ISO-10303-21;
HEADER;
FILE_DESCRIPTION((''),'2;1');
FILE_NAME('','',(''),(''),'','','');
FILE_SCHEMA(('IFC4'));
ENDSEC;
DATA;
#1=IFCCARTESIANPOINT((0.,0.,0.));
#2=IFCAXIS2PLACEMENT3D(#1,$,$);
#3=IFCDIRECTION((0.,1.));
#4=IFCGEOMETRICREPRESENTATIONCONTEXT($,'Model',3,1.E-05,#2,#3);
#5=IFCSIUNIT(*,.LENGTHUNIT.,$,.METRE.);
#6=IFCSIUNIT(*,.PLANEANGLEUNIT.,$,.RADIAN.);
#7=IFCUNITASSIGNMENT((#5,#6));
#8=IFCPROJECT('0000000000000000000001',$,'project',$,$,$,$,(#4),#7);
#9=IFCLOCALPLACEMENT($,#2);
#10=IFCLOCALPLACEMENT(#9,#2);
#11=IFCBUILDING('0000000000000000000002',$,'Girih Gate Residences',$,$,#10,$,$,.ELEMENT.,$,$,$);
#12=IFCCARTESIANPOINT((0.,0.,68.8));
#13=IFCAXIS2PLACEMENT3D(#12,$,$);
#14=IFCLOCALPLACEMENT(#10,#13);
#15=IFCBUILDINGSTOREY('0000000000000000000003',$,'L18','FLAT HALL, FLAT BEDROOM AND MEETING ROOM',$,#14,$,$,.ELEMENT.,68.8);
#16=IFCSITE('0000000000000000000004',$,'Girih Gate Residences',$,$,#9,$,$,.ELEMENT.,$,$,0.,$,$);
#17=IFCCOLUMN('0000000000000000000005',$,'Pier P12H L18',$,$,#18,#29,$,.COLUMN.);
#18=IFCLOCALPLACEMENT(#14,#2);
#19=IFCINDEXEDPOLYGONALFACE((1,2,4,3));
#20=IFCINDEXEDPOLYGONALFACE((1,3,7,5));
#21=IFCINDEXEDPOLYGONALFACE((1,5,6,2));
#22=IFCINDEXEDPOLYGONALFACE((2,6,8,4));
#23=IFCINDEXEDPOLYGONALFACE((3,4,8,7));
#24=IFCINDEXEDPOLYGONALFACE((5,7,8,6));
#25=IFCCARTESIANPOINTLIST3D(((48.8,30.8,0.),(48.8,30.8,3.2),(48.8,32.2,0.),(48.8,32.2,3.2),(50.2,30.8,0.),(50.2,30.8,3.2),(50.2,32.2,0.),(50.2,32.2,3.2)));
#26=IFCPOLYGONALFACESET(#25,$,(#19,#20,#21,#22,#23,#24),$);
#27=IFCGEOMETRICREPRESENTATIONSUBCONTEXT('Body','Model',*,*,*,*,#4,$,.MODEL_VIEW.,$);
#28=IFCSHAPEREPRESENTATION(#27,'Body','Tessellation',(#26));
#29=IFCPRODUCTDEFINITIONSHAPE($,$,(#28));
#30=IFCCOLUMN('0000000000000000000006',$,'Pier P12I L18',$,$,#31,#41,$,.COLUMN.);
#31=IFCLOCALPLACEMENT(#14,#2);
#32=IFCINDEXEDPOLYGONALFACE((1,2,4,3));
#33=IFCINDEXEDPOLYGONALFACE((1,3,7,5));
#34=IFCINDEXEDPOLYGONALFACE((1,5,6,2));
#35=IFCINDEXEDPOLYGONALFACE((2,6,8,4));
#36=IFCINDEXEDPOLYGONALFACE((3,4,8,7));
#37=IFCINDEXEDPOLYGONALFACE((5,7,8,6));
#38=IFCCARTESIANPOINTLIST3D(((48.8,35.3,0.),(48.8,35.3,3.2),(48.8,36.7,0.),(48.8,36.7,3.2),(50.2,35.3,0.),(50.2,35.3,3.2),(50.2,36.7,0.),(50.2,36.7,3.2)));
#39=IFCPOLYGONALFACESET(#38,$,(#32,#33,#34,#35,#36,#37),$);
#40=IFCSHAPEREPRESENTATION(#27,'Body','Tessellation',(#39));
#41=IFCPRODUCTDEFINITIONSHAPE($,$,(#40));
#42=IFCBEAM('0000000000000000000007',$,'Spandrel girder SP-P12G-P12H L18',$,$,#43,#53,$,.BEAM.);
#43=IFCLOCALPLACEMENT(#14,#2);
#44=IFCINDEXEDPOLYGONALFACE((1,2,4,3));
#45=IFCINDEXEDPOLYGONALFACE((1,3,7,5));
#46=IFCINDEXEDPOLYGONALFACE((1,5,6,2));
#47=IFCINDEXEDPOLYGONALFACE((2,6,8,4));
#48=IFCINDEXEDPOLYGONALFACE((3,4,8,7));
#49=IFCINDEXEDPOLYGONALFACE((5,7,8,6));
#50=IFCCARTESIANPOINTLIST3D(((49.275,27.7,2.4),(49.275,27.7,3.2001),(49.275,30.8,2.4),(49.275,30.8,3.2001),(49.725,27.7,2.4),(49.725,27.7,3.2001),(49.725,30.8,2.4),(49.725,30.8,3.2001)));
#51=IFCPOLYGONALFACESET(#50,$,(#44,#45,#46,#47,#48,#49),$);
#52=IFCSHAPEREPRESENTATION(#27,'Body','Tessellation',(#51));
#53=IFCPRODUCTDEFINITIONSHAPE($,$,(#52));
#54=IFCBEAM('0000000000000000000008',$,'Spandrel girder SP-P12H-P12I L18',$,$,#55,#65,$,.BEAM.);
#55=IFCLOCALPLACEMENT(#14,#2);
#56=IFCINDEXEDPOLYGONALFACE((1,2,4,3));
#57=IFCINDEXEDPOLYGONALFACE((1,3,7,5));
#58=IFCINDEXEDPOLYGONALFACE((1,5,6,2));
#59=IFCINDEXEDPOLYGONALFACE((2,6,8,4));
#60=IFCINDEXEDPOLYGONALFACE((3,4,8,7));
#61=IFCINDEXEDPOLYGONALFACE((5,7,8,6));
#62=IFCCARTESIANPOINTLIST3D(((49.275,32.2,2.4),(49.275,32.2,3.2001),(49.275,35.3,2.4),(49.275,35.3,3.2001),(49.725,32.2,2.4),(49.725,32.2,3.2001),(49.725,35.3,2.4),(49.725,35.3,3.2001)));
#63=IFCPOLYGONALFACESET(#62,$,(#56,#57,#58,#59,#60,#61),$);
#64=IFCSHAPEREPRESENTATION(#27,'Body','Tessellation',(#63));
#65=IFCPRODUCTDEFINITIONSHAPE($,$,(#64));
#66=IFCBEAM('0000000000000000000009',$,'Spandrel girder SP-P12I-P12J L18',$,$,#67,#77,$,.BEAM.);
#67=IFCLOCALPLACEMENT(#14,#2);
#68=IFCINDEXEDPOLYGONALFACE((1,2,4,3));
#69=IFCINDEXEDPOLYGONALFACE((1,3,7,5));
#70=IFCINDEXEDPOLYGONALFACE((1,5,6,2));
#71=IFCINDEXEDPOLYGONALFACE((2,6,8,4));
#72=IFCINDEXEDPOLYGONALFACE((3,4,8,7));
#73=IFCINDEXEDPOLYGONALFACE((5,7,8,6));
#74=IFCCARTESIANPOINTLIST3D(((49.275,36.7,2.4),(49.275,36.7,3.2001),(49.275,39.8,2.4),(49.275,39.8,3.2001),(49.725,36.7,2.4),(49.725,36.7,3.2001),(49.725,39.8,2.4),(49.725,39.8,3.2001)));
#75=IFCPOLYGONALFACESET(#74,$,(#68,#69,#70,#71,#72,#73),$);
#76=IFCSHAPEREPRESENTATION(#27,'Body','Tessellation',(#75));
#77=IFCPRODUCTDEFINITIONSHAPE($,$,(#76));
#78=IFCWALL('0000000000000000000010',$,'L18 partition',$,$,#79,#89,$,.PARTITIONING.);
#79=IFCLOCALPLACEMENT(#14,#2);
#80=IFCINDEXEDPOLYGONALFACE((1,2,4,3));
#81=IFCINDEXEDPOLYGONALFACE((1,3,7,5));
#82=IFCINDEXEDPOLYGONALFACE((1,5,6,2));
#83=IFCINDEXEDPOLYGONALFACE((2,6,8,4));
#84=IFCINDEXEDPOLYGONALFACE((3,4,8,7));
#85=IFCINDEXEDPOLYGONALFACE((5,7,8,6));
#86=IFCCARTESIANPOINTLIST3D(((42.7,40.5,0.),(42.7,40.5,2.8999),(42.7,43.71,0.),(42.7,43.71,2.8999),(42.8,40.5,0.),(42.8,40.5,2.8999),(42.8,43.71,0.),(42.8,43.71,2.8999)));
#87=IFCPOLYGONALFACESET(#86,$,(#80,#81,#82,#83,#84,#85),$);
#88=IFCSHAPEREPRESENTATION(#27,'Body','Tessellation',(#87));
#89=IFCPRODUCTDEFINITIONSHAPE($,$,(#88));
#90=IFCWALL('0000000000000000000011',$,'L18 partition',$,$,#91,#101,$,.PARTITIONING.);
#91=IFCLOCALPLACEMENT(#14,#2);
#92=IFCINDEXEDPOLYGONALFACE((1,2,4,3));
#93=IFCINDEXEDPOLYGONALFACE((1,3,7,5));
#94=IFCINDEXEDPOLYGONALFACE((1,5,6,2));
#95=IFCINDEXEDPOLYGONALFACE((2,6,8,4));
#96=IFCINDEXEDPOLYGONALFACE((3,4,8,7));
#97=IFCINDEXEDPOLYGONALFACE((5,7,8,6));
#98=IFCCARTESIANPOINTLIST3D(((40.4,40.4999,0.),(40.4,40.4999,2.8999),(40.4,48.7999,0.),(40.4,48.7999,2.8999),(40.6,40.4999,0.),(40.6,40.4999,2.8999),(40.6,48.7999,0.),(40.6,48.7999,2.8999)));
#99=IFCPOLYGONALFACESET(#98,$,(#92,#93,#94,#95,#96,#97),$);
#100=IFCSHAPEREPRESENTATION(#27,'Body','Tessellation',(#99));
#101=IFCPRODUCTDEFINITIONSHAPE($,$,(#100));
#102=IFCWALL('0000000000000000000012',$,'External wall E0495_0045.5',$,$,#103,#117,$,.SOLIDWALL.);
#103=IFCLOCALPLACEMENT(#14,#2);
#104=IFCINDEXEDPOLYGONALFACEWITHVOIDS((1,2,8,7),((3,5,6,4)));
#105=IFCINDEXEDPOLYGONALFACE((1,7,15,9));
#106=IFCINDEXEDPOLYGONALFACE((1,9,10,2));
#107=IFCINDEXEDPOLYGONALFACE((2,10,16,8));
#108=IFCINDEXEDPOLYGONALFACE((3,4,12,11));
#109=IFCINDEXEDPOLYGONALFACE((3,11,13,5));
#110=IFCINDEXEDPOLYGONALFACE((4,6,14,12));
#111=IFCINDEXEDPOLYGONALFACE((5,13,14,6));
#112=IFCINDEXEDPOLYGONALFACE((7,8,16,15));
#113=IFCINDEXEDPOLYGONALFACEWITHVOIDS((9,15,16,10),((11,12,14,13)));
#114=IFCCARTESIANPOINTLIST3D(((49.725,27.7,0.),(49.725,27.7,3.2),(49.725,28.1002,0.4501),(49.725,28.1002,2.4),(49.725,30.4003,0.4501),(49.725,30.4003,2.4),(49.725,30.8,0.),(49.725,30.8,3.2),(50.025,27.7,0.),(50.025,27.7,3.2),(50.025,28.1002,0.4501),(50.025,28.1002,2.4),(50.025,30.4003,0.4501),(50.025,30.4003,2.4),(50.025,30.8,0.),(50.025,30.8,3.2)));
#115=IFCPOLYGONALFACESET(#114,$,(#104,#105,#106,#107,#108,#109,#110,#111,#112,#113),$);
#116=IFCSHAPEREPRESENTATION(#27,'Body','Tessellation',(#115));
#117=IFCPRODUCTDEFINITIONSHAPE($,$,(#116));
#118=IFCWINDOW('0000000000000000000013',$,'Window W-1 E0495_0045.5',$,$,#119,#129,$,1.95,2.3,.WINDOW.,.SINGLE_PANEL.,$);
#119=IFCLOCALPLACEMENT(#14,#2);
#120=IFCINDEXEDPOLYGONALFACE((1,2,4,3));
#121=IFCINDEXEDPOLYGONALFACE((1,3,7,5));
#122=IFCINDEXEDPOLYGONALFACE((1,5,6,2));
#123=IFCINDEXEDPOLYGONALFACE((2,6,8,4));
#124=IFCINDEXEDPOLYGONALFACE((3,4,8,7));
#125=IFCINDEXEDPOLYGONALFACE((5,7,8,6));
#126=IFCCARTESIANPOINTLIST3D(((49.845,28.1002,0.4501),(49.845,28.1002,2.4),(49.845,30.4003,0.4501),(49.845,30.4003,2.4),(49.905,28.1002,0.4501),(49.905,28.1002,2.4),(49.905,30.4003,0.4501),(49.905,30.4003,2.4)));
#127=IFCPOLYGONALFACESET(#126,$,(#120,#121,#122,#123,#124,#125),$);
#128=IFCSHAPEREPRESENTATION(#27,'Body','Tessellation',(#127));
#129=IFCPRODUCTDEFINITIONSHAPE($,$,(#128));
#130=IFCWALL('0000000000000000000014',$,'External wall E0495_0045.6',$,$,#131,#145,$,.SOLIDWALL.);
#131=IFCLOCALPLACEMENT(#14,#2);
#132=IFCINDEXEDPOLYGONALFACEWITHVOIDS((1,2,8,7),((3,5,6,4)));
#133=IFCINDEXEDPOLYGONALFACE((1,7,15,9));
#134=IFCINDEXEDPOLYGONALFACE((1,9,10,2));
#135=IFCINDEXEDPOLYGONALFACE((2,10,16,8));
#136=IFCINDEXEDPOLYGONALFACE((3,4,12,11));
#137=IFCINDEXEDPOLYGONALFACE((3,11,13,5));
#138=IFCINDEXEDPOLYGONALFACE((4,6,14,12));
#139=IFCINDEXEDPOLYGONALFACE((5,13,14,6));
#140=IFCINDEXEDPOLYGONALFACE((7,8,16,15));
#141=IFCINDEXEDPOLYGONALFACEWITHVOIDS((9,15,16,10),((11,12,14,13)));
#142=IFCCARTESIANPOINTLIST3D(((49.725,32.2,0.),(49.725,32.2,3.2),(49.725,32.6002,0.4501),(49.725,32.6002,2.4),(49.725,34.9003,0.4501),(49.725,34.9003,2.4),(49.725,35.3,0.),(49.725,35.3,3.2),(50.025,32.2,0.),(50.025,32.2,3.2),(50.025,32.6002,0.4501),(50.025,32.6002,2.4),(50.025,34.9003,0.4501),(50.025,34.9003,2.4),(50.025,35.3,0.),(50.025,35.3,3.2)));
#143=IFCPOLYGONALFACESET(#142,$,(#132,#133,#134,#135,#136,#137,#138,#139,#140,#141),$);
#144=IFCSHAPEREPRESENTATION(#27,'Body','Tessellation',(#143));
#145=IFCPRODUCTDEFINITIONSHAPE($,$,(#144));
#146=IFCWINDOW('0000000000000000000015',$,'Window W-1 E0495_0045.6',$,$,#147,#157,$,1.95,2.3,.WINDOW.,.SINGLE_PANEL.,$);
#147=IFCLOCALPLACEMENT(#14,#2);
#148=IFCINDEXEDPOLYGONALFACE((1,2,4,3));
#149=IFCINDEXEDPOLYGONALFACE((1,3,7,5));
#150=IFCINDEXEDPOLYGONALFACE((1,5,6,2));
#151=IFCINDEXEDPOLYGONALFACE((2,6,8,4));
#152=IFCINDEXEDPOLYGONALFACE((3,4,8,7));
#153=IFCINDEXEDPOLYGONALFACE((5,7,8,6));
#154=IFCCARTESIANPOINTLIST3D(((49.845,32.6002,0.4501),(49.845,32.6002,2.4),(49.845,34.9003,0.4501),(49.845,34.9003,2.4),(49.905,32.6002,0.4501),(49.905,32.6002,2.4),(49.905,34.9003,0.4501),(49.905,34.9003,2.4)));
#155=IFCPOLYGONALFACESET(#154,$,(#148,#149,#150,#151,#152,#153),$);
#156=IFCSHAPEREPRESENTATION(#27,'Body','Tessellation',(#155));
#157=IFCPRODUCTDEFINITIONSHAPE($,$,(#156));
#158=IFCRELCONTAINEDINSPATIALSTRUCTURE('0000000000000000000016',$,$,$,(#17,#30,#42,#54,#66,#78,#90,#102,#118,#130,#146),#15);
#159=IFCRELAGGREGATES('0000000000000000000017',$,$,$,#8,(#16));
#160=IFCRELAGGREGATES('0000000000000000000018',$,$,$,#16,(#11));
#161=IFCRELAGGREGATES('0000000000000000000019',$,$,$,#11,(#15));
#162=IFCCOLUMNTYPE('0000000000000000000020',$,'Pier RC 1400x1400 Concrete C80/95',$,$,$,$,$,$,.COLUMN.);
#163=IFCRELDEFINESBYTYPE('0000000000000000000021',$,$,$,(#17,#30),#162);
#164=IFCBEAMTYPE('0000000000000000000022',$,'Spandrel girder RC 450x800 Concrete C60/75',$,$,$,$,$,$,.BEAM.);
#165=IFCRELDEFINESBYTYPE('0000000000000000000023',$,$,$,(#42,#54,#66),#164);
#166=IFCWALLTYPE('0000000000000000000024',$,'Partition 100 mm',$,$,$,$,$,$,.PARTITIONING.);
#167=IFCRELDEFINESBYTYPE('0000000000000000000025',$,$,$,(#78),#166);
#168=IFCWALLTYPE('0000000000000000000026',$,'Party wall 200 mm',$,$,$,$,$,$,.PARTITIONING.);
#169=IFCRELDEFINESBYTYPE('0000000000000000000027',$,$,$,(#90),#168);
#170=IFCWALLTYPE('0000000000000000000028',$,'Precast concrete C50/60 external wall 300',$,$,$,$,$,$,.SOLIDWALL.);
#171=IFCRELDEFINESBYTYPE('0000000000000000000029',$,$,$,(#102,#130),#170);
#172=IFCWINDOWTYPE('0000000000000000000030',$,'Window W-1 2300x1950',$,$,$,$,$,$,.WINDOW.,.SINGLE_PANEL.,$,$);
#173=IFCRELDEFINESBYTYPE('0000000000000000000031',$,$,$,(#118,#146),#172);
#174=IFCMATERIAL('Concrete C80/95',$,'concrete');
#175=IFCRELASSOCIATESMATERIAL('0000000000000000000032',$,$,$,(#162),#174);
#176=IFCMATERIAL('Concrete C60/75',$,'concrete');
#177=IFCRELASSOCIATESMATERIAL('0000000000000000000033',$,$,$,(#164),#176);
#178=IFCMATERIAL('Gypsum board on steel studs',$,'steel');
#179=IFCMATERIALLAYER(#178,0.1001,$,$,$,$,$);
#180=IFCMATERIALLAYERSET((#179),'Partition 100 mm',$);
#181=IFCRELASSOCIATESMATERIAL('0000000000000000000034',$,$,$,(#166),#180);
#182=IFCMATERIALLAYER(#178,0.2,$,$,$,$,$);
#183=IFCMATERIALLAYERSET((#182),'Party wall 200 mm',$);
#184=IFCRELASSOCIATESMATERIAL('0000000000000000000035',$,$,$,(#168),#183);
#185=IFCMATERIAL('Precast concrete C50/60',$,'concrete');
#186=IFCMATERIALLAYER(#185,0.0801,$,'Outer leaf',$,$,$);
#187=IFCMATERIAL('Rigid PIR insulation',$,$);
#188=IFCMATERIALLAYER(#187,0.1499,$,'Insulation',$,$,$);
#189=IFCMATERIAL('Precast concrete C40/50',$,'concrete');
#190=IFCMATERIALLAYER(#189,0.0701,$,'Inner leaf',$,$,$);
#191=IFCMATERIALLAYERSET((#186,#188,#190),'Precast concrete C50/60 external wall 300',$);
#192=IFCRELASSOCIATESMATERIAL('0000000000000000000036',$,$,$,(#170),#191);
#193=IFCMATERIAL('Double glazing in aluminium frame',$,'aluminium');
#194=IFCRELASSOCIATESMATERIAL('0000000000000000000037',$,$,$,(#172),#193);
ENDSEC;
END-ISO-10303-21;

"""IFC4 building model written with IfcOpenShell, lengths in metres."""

from ifc_helpers import new_model, si_unit, direction, frame, frame_2d, origin, origin_2d, place, context, subcontext, project, spatial, rectangle, extrude, material, layer, layer_set, material_profile, profile_set, type_object, element, fill, save


model = new_model("IFC4")

# Units and contexts
model_context = context("Model", 3, precision=1e-05, world=origin(), true_north=direction((0.0, 1.0)))
body_context = subcontext(model_context, "Body", "Model", "MODEL_VIEW")
ifc_project = project(units=[si_unit("LENGTHUNIT", "METRE"), si_unit("PLANEANGLEUNIT", "RADIAN")], contexts=[model_context])

# Site, building, storey
site_placement = place(None, origin())
site = spatial("IfcSite", under=ifc_project, at=site_placement, Name="Girih Gate Residences", CompositionType="ELEMENT", RefElevation=0.0)
building_placement = place(site_placement, origin())
building = spatial("IfcBuilding", under=site, at=building_placement, Name="Girih Gate Residences", CompositionType="ELEMENT")
storey_placement = place(building_placement, frame((0.0, 0.0, 68.8)))
storey = spatial("IfcBuildingStorey", under=building, at=storey_placement, Name="L18", Description="FLAT HALL, FLAT BEDROOM AND MEETING ROOM", CompositionType="ELEMENT", Elevation=68.8)

# Columns
ifc_material_1 = material(Name="Concrete C80/95", Category="concrete")
ifc_material_profile_1 = material_profile(ifc_material_1, rectangle(XDim=1.3999, YDim=1.3999, at=origin_2d()))
ifc_profile_set_1 = profile_set([ifc_material_profile_1], Name="Concrete C80/95")
column_type = type_object("IfcColumnType", Name="Pier RC 1400x1400 Concrete C80/95", PredefinedType="COLUMN", material=ifc_profile_set_1)
for number, where, z_axis, x_axis, name in (
    (1, (49.5, 31.5, 0.0), (0.0, 0.0, 1.0), (1.0, 0.0, 0.0), "Pier P12H L18"),
    (2, (49.5, 36.0, 0.0), (0.0, 0.0, 1.0), (1.0, 0.0, 0.0), "Pier P12I L18"),
):
    element("IfcColumn", number, at=place(storey_placement, frame(where, z_axis=z_axis, x_axis=x_axis)), inside=storey, type_object=column_type, Name=name, PredefinedType="COLUMN", context=body_context, shape_type="SweptSolid", body=[
        extrude(rectangle(XDim=1.3999, YDim=1.3999, at=origin_2d()), origin(), (0.0, 0.0, 1.0), 3.2),
    ])

# Beams
ifc_material_2 = material(Name="Concrete C60/75", Category="concrete")
ifc_material_profile_2 = material_profile(ifc_material_2, rectangle(XDim=0.45, YDim=0.8, at=origin_2d()))
ifc_profile_set_2 = profile_set([ifc_material_profile_2], Name="Concrete C60/75")
beam_type = type_object("IfcBeamType", Name="Spandrel girder RC 450x800 Concrete C60/75", PredefinedType="BEAM", material=ifc_profile_set_2)
for number, where, z_axis, x_axis, name in (
    (3, (49.5, 27.7, 2.8), (0.0, 1.0, 0.0), (-1.0, 0.0, 0.0), "Spandrel girder SP-P12G-P12H L18"),
    (4, (49.5, 32.2, 2.8), (0.0, 1.0, 0.0), (-1.0, 0.0, 0.0), "Spandrel girder SP-P12H-P12I L18"),
    (5, (49.5, 36.7, 2.8), (0.0, 1.0, 0.0), (-1.0, 0.0, 0.0), "Spandrel girder SP-P12I-P12J L18"),
):
    element("IfcBeam", number, at=place(storey_placement, frame(where, z_axis=z_axis, x_axis=x_axis)), inside=storey, type_object=beam_type, Name=name, PredefinedType="BEAM", context=body_context, shape_type="SweptSolid", body=[
        extrude(rectangle(XDim=0.45, YDim=0.8, at=origin_2d()), origin(), (0.0, 0.0, 1.0), 3.1001),
    ])

# Walls
ifc_material_3 = material(Name="Gypsum board on steel studs", Category="steel")
ifc_layer_1 = layer(ifc_material_3, 0.1001)
ifc_layer_set_1 = layer_set([ifc_layer_1], Name="Partition 100 mm")
wall_type_1 = type_object("IfcWallType", Name="Partition 100 mm", PredefinedType="PARTITIONING", material=ifc_layer_set_1)
wall_1_placement = place(storey_placement, frame((42.75, 40.5, 0.0), z_axis=(0.0, 0.0, 1.0), x_axis=(0.0, 1.0, 0.0)))
element("IfcWall", 6, at=wall_1_placement, inside=storey, type_object=wall_type_1, Name="L18 partition", PredefinedType="PARTITIONING", context=body_context, shape_type="SweptSolid", body=[
    extrude(rectangle(XDim=3.21, YDim=0.1001, at=frame_2d((1.605, 0.0))), origin(), (0.0, 0.0, 1.0), 2.8999),
])
ifc_layer_2 = layer(ifc_material_3, 0.2)
ifc_layer_set_2 = layer_set([ifc_layer_2], Name="Party wall 200 mm")
wall_type_2 = type_object("IfcWallType", Name="Party wall 200 mm", PredefinedType="PARTITIONING", material=ifc_layer_set_2)
wall_2_placement = place(storey_placement, frame((40.5, 40.5, 0.0), z_axis=(0.0, 0.0, 1.0), x_axis=(0.0, 1.0, 0.0)))
element("IfcWall", 7, at=wall_2_placement, inside=storey, type_object=wall_type_2, Name="L18 partition", PredefinedType="PARTITIONING", context=body_context, shape_type="SweptSolid", body=[
    extrude(rectangle(XDim=8.3, YDim=0.2, at=frame_2d((4.1499, 0.0))), origin(), (0.0, 0.0, 1.0), 2.8999),
])

# Walls, openings, windows
ifc_material_4 = material(Name="Precast concrete C50/60", Category="concrete")
ifc_layer_3 = layer(ifc_material_4, 0.0801, Name="Outer leaf")
ifc_material_5 = material(Name="Rigid PIR insulation")
ifc_layer_4 = layer(ifc_material_5, 0.1499, Name="Insulation")
ifc_material_6 = material(Name="Precast concrete C40/50", Category="concrete")
ifc_layer_5 = layer(ifc_material_6, 0.0701, Name="Inner leaf")
ifc_layer_set_3 = layer_set([ifc_layer_3, ifc_layer_4, ifc_layer_5], Name="Precast concrete C50/60 external wall 300")
wall_type_3 = type_object("IfcWallType", Name="Precast concrete C50/60 external wall 300", PredefinedType="SOLIDWALL", material=ifc_layer_set_3)
wall_3_placement = place(storey_placement, frame((49.875, 30.8, 0.0), z_axis=(0.0, 0.0, 1.0), x_axis=(0.0, -1.0, 0.0)))
wall_3 = element("IfcWall", 8, at=wall_3_placement, inside=storey, type_object=wall_type_3, Name="External wall E0495_0045.5", PredefinedType="SOLIDWALL", context=body_context, shape_type="SweptSolid", body=[
    extrude(rectangle(XDim=3.1001, YDim=0.3, at=frame_2d((1.55, 0.0))), origin(), (0.0, 0.0, 1.0), 3.2),
])
opening_1_placement = place(wall_3_placement, frame((0.3999, 0.0, 0.45)))
opening_1 = element("IfcOpeningElement", 9, at=opening_1_placement, cuts=wall_3, PredefinedType="OPENING", context=body_context, shape_type="SweptSolid", body=[
    extrude(rectangle(XDim=2.3, YDim=1.95, at=frame_2d((1.1499, 0.9751))), frame((0.0, 0.1599, 0.0), z_axis=(0.0, -1.0, 0.0), x_axis=(1.0, 0.0, 0.0)), (0.0, 0.0, 1.0), 0.3201),
])
ifc_material_7 = material(Name="Double glazing in aluminium frame", Category="aluminium")
window_type = type_object("IfcWindowType", Name="Window W-1 2300x1950", PartitioningType="SINGLE_PANEL", PredefinedType="WINDOW", material=ifc_material_7)
window_1_placement = place(opening_1_placement, origin())
window_1 = element("IfcWindow", 10, at=window_1_placement, inside=storey, type_object=window_type, Name="Window W-1 E0495_0045.5", OverallHeight=1.95, OverallWidth=2.3, PartitioningType="SINGLE_PANEL", PredefinedType="WINDOW", context=body_context, shape_type="SweptSolid", body=[
    extrude(rectangle(XDim=2.3, YDim=1.95, at=frame_2d((1.1499, 0.9751))), frame((0.0, 0.03, 0.0), z_axis=(0.0, -1.0, 0.0), x_axis=(1.0, 0.0, 0.0)), (0.0, 0.0, 1.0), 0.0601),
])
fill(opening_1, window_1)
wall_4_placement = place(storey_placement, frame((49.875, 35.3, 0.0), z_axis=(0.0, 0.0, 1.0), x_axis=(0.0, -1.0, 0.0)))
wall_4 = element("IfcWall", 11, at=wall_4_placement, inside=storey, type_object=wall_type_3, Name="External wall E0495_0045.6", PredefinedType="SOLIDWALL", context=body_context, shape_type="SweptSolid", body=[
    extrude(rectangle(XDim=3.1001, YDim=0.3, at=frame_2d((1.55, 0.0))), origin(), (0.0, 0.0, 1.0), 3.2),
])
opening_2_placement = place(wall_4_placement, frame((0.3999, 0.0, 0.45)))
opening_2 = element("IfcOpeningElement", 12, at=opening_2_placement, cuts=wall_4, PredefinedType="OPENING", context=body_context, shape_type="SweptSolid", body=[
    extrude(rectangle(XDim=2.3, YDim=1.95, at=frame_2d((1.1499, 0.9751))), frame((0.0, 0.1599, 0.0), z_axis=(0.0, -1.0, 0.0), x_axis=(1.0, 0.0, 0.0)), (0.0, 0.0, 1.0), 0.3201),
])
window_2_placement = place(opening_2_placement, origin())
window_2 = element("IfcWindow", 13, at=window_2_placement, inside=storey, type_object=window_type, Name="Window W-1 E0495_0045.6", OverallHeight=1.95, OverallWidth=2.3, PartitioningType="SINGLE_PANEL", PredefinedType="WINDOW", context=body_context, shape_type="SweptSolid", body=[
    extrude(rectangle(XDim=2.3, YDim=1.95, at=frame_2d((1.1499, 0.9751))), frame((0.0, 0.03, 0.0), z_axis=(0.0, -1.0, 0.0), x_axis=(1.0, 0.0, 0.0)), (0.0, 0.0, 1.0), 0.0601),
])
fill(opening_2, window_2)

save(model, "model.ifc")
